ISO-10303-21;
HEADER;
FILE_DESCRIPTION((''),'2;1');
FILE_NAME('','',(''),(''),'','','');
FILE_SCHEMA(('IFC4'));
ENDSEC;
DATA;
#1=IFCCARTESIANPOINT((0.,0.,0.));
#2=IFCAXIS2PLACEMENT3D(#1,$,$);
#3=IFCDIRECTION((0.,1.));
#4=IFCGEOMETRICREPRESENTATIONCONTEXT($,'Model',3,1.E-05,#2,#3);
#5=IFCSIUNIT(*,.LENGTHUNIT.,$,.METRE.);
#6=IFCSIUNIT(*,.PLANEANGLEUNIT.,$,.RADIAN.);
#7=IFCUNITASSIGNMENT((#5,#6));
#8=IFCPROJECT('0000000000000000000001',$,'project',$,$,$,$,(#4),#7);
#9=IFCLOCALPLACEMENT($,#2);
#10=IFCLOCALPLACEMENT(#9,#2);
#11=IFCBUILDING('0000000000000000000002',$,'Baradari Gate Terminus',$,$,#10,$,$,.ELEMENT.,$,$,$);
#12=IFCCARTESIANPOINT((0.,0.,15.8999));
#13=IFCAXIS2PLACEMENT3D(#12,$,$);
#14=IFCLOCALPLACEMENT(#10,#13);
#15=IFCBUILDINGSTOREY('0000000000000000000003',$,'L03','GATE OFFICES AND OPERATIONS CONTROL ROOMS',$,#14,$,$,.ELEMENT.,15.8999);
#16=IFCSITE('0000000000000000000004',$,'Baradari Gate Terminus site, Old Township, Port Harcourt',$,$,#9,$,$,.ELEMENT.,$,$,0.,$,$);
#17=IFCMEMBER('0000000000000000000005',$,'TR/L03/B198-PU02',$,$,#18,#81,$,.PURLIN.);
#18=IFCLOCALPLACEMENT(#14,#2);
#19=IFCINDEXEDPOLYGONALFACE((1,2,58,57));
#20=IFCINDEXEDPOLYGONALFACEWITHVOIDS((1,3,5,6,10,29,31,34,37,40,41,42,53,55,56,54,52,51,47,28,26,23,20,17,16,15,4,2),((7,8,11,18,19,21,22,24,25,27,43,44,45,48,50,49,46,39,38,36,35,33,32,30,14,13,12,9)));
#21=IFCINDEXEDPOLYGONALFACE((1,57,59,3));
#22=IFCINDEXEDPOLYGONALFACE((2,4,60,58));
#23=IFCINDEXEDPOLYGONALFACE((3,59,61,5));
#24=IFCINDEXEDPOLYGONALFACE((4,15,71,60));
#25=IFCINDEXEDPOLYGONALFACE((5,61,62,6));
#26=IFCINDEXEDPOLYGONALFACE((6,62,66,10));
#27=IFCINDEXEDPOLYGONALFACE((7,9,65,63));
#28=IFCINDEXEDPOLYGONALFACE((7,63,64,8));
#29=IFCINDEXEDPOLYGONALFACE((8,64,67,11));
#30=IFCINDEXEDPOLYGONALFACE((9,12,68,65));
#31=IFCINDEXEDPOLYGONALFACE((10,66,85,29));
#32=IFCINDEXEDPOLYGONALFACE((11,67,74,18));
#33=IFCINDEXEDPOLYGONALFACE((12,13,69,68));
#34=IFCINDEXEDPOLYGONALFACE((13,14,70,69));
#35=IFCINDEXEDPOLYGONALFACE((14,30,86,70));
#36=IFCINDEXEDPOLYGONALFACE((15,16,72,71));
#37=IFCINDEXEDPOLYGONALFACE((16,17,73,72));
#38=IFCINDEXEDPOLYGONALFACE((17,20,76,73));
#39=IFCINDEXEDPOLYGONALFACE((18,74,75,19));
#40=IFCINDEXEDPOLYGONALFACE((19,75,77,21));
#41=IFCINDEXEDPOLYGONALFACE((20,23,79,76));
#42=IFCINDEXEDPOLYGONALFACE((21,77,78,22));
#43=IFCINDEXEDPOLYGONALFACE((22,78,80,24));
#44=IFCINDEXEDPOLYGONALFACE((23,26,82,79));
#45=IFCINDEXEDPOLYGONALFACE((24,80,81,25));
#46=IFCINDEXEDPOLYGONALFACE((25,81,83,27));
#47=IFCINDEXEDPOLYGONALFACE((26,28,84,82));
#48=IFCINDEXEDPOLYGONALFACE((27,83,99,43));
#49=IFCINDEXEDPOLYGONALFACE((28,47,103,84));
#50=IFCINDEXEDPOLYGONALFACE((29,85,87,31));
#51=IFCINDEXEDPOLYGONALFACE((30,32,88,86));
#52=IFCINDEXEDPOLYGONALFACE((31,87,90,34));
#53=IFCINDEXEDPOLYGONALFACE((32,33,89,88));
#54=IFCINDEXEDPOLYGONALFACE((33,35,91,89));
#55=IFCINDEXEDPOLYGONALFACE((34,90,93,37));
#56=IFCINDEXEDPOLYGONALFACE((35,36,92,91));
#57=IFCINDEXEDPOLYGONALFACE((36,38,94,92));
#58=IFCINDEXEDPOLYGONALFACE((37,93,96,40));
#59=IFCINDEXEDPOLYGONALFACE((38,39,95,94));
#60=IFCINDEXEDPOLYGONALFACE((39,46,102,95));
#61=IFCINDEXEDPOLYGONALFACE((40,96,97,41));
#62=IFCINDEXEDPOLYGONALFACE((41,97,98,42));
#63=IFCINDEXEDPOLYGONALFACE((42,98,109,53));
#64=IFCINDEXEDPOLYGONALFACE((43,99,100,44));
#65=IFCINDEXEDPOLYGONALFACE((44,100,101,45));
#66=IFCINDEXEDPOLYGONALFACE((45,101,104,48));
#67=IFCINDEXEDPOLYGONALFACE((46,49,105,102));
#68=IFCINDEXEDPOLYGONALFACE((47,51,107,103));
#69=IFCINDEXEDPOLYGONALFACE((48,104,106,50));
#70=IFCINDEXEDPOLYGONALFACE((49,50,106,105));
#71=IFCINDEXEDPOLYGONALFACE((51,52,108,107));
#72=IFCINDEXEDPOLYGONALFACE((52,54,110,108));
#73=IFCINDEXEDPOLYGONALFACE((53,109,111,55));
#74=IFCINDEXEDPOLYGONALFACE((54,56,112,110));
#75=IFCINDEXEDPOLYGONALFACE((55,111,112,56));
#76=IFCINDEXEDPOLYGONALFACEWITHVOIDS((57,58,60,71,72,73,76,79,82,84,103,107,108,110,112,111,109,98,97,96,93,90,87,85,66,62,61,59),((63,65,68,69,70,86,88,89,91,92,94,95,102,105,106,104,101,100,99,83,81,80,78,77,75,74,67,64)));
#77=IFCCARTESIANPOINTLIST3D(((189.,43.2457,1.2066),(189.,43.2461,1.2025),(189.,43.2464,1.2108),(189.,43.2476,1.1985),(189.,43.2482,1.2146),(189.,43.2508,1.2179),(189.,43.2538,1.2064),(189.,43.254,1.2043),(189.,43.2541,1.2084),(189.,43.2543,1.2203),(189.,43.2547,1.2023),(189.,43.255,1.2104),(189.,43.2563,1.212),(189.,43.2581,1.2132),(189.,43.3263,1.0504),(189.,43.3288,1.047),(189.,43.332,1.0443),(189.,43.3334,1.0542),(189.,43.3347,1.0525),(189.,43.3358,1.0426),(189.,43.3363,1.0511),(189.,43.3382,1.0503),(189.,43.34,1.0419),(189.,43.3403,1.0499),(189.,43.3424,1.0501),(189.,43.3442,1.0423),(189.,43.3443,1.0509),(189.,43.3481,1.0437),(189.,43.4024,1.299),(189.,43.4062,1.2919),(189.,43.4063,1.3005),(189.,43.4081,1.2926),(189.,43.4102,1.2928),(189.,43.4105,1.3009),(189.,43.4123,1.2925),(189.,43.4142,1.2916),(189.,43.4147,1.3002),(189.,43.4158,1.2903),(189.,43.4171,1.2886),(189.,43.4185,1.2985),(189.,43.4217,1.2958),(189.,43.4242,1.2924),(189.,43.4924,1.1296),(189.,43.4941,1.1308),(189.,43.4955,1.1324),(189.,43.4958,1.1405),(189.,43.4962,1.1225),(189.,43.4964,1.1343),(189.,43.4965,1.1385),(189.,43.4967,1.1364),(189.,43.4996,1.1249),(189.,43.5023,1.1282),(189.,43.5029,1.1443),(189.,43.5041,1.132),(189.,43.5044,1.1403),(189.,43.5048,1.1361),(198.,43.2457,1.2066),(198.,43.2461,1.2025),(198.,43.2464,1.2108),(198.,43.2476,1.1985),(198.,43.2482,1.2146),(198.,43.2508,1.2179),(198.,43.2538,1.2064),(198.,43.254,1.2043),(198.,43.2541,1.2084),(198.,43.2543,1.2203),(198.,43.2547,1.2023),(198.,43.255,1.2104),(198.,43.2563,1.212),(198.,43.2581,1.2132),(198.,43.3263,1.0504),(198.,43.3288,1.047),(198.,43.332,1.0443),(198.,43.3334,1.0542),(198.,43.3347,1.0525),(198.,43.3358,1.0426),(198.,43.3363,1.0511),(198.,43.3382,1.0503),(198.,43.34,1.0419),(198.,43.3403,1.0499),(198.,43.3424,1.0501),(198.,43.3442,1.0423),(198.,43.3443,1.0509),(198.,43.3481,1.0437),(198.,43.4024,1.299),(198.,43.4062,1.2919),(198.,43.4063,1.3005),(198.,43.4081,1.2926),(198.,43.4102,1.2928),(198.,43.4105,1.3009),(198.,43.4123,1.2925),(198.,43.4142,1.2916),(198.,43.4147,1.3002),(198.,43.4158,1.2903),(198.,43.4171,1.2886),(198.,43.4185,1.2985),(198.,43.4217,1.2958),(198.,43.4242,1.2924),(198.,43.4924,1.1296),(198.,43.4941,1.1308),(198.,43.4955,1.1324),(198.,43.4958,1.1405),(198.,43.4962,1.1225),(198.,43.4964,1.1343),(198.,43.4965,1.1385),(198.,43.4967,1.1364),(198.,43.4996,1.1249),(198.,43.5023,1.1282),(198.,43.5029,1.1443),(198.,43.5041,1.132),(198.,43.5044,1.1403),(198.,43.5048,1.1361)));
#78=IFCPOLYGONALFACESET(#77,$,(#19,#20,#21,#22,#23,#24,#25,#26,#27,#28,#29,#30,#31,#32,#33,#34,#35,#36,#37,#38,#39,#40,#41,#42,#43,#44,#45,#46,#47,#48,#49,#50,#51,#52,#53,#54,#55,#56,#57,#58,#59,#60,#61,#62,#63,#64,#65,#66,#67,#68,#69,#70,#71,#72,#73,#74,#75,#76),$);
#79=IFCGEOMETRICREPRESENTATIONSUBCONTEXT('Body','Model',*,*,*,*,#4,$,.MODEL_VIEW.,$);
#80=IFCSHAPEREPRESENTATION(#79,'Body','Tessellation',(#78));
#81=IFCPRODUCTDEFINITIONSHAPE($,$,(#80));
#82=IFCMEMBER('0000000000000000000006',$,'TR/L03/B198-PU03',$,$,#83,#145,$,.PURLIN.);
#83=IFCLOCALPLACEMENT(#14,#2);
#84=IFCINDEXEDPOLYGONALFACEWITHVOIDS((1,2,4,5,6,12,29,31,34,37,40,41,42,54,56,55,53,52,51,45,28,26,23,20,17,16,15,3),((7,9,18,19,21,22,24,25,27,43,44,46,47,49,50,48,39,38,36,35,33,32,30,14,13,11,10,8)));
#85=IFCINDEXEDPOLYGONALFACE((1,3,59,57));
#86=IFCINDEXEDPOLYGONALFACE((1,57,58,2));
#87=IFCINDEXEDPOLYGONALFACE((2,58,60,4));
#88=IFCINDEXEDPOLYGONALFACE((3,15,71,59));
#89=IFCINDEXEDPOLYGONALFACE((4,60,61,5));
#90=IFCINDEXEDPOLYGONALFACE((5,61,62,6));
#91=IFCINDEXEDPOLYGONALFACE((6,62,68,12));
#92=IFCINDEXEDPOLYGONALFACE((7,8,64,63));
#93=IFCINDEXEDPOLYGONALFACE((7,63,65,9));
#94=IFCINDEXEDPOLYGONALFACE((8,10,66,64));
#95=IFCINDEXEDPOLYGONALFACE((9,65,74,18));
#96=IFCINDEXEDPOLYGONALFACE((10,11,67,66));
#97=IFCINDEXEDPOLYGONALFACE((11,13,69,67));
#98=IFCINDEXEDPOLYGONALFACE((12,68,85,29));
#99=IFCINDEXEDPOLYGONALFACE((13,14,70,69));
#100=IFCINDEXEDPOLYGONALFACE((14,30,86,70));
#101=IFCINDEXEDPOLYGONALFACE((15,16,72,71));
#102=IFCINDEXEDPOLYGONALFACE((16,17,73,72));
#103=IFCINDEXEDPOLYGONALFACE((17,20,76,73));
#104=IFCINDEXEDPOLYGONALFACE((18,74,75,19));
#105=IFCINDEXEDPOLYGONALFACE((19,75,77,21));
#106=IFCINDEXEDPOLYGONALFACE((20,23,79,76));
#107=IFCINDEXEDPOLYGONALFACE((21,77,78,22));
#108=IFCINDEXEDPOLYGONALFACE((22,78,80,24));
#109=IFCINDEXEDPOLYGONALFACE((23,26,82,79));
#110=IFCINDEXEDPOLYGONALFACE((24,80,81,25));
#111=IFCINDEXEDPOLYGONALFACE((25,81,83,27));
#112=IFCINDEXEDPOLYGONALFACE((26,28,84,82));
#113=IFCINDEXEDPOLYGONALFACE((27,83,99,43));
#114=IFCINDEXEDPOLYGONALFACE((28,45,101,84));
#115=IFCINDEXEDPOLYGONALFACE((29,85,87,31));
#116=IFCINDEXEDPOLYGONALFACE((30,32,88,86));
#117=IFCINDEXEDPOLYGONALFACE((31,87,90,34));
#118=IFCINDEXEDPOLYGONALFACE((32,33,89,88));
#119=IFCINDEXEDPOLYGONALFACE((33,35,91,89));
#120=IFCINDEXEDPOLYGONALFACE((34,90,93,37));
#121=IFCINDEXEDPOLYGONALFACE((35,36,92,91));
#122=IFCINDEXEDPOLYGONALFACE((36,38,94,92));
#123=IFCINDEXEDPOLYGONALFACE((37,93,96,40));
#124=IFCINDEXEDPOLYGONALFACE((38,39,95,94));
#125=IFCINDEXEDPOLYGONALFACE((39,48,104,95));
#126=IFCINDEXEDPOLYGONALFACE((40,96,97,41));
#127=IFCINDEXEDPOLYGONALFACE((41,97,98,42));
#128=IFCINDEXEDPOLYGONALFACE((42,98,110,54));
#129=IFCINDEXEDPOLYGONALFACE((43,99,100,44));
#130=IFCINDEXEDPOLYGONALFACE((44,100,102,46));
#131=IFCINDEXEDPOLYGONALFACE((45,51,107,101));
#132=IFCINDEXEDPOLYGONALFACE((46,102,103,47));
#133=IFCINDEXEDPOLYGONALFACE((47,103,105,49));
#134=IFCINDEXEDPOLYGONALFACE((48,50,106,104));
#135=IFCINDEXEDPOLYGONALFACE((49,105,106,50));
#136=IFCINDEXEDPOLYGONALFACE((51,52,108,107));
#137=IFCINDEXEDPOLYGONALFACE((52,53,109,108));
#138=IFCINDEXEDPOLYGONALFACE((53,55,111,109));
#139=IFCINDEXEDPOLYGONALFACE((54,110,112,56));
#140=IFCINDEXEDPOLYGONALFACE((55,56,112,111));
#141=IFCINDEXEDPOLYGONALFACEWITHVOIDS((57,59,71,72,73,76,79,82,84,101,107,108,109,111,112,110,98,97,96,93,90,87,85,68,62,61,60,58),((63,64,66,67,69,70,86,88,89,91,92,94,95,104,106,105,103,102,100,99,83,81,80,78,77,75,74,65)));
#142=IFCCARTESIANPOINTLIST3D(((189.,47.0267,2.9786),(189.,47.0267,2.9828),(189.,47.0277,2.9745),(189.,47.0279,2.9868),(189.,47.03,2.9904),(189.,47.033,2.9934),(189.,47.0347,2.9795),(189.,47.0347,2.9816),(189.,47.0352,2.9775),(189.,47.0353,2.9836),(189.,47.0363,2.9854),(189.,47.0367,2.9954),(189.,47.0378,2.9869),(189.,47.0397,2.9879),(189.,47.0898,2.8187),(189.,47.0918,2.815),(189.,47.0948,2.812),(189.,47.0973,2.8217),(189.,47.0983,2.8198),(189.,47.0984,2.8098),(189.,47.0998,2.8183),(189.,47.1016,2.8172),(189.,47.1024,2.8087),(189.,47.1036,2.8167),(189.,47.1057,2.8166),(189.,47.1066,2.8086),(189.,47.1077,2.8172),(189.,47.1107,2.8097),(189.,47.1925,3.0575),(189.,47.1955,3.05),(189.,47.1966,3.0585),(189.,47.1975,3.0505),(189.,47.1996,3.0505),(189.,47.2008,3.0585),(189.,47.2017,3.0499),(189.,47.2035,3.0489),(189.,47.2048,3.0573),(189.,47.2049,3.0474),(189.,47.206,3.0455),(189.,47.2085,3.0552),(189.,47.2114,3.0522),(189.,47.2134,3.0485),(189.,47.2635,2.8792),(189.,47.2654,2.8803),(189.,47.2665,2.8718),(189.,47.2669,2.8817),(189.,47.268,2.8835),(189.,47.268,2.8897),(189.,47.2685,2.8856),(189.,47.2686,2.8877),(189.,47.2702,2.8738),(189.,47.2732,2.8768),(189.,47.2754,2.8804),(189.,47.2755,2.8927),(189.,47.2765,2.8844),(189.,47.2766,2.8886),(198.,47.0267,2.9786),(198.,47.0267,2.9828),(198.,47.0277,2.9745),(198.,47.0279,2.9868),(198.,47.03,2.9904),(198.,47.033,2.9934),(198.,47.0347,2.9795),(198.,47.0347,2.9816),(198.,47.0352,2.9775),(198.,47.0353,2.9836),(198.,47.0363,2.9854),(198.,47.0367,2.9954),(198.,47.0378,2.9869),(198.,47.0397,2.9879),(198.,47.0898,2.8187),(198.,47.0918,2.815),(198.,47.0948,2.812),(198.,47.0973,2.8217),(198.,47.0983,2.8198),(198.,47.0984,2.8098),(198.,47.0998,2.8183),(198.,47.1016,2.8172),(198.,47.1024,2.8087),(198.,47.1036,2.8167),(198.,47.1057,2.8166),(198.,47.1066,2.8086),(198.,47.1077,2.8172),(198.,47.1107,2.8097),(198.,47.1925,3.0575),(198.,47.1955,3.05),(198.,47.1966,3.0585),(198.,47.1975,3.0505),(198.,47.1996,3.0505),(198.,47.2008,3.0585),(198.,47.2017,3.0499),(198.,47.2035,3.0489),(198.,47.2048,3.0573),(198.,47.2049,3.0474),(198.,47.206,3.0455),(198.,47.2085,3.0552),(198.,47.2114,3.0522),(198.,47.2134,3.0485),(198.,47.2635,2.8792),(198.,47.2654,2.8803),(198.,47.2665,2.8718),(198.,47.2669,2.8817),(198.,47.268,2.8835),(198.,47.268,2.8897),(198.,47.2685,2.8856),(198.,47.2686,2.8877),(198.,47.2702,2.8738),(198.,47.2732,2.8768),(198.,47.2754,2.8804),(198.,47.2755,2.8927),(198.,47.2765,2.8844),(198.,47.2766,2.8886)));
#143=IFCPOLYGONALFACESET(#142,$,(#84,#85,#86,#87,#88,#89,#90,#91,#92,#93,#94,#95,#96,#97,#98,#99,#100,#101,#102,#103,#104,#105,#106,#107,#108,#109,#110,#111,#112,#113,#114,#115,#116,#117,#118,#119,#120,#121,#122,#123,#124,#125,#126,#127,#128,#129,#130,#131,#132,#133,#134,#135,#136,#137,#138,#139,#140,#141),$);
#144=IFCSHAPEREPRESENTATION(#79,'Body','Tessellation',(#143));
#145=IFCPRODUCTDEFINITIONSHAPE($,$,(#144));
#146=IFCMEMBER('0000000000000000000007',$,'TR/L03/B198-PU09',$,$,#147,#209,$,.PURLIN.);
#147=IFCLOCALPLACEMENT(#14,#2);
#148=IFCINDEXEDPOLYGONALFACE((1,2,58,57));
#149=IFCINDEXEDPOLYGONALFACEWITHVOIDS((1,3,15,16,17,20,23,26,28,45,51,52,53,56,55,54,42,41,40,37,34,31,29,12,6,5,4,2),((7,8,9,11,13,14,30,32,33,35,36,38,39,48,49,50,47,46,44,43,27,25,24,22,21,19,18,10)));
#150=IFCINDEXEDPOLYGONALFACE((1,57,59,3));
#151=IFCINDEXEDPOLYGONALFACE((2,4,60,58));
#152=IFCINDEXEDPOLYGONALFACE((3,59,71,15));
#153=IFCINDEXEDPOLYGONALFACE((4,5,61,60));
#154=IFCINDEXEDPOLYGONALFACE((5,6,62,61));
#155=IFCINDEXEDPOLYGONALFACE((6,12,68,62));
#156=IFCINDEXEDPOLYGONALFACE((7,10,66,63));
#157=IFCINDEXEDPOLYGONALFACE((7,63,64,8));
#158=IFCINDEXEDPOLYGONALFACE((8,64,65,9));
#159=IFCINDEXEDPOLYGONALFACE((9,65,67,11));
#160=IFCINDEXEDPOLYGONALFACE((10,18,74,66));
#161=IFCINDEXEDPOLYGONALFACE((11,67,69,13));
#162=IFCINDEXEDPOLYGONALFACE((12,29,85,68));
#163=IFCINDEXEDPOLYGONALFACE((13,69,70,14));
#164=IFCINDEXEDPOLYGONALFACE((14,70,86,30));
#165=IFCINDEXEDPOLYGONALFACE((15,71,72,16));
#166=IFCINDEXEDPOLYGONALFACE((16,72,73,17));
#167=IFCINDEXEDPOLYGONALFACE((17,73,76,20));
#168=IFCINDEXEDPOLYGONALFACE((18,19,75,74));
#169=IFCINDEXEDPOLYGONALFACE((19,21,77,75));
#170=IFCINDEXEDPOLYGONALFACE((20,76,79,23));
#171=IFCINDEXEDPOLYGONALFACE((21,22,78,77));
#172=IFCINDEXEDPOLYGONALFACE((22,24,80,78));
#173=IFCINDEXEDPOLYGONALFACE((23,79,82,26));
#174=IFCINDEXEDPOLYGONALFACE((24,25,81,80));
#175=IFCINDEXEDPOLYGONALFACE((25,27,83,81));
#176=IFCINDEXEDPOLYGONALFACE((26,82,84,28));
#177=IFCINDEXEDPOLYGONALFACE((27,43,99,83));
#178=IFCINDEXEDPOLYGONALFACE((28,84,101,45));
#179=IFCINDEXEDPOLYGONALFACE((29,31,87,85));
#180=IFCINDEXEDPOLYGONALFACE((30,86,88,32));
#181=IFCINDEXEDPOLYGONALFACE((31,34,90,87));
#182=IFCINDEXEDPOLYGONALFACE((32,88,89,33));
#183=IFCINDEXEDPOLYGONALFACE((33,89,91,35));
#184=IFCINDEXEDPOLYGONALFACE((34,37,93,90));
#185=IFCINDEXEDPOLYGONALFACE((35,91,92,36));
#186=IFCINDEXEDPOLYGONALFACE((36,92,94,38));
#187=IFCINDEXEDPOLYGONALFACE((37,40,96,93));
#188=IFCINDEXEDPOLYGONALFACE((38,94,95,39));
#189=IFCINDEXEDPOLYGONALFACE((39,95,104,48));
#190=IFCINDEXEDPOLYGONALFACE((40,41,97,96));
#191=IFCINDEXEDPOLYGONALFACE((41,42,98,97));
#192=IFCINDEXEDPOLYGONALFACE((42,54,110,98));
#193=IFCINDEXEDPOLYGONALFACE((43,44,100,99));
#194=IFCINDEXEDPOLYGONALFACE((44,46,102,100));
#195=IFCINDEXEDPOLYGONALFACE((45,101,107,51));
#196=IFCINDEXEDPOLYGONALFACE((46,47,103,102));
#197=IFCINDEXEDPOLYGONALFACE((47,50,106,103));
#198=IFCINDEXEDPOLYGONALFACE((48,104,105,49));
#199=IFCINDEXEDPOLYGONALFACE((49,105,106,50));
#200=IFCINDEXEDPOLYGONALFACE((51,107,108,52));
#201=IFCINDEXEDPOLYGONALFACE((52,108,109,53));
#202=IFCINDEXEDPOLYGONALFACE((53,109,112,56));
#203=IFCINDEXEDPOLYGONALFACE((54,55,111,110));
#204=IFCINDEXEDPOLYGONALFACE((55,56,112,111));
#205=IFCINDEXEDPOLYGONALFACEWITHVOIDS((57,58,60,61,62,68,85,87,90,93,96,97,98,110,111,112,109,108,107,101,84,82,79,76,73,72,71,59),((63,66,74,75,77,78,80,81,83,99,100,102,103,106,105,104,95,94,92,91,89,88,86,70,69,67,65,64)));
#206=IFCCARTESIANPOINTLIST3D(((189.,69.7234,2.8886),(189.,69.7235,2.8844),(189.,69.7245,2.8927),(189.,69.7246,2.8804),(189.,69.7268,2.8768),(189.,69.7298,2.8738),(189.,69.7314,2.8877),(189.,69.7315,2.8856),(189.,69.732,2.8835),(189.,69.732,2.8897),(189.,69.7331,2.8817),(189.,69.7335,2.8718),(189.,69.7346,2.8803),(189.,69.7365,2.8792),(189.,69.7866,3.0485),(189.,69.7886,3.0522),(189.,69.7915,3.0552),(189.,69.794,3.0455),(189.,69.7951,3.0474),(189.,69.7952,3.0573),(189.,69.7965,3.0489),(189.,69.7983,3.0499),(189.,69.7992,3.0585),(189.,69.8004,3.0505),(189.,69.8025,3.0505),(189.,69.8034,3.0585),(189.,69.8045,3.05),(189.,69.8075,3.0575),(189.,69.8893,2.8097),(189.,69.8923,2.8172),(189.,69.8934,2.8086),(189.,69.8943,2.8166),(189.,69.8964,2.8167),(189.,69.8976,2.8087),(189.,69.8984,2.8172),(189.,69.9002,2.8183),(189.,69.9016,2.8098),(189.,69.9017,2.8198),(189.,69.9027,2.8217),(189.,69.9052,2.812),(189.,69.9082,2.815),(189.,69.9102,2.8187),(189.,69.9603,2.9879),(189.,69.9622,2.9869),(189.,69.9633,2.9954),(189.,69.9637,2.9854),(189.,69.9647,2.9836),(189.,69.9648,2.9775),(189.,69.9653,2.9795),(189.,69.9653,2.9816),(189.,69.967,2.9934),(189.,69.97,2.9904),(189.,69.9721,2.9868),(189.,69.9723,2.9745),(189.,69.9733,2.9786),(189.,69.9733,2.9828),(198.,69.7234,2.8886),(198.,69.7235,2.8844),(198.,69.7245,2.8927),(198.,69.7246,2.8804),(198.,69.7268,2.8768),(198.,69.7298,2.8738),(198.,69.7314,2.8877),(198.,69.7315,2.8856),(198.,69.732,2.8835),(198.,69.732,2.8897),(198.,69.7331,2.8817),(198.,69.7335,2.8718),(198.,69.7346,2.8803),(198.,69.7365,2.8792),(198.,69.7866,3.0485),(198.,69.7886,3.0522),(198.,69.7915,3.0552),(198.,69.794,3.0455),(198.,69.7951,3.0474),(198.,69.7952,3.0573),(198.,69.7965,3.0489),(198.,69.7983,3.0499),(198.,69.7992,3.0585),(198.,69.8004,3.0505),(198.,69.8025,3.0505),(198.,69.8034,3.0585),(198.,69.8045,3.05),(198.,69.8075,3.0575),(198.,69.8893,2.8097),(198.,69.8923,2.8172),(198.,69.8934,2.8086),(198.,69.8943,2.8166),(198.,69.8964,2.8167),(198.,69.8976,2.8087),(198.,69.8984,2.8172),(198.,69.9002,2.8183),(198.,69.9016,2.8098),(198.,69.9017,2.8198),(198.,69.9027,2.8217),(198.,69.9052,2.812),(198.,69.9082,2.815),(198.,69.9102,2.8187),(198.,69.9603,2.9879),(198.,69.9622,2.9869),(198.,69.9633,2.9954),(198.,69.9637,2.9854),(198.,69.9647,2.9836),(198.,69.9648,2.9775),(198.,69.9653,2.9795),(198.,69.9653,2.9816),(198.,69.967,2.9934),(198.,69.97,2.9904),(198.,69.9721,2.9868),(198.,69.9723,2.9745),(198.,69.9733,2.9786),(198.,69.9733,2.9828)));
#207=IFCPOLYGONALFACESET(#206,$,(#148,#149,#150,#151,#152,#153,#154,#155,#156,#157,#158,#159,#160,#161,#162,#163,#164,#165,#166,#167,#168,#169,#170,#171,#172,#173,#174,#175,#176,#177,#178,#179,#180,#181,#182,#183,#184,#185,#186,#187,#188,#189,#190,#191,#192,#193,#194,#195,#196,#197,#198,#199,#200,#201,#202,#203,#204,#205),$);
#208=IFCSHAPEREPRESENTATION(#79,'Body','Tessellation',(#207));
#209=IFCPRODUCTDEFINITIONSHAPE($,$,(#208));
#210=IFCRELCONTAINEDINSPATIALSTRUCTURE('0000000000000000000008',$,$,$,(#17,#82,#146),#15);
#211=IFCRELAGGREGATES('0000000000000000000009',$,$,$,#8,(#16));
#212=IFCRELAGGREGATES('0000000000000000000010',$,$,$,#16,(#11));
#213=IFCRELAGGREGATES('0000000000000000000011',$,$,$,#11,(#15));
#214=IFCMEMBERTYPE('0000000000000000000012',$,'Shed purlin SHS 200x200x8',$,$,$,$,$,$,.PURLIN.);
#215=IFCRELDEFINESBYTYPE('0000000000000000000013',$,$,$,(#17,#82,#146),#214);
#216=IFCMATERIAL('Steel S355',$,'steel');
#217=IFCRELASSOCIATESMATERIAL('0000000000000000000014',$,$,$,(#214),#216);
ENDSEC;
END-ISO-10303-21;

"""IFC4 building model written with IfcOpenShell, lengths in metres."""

from ifc_helpers import new_model, si_unit, direction, frame, origin, origin_2d, place, context, subcontext, project, spatial, hollow_rectangle, extrude, material, material_profile, profile_set, type_object, element, save


model = new_model("IFC4")

# Units and contexts
model_context = context("Model", 3, precision=1e-05, world=origin(), true_north=direction((0.0, 1.0)))
body_context = subcontext(model_context, "Body", "Model", "MODEL_VIEW")
ifc_project = project(units=[si_unit("LENGTHUNIT", "METRE"), si_unit("PLANEANGLEUNIT", "RADIAN")], contexts=[model_context])

# Site, building, storey
site_placement = place(None, origin())
site = spatial("IfcSite", under=ifc_project, at=site_placement, Name="Baradari Gate Terminus site, Old Township, Port Harcourt", CompositionType="ELEMENT", RefElevation=0.0)
building_placement = place(site_placement, origin())
building = spatial("IfcBuilding", under=site, at=building_placement, Name="Baradari Gate Terminus", CompositionType="ELEMENT")
storey_placement = place(building_placement, frame((0.0, 0.0, 15.8999)))
storey = spatial("IfcBuildingStorey", under=building, at=storey_placement, Name="L03", Description="GATE OFFICES AND OPERATIONS CONTROL ROOMS", CompositionType="ELEMENT", Elevation=15.8999)

# Members
ifc_material_1 = material(Name="Steel S355", Category="steel")
ifc_material_profile_1 = material_profile(ifc_material_1, hollow_rectangle(XDim=0.2, YDim=0.2, WallThickness=0.0081, InnerFilletRadius=0.0081, OuterFilletRadius=0.0161, at=origin_2d()), Name="SHS 200x200x8")
ifc_profile_set_1 = profile_set([ifc_material_profile_1], Name="Steel S355")
member_type_1 = type_object("IfcMemberType", Name="Shed purlin SHS 200x200x8", PredefinedType="PURLIN", material=ifc_profile_set_1)
for number, where, z_axis, x_axis, name in (
    (1, (189.0, 43.3752, 1.1714), (1.0, 0.0, 0.0), (0.0, 0.883027, 0.469322), "TR/L03/B198-PU02"),
    (2, (189.0, 47.1516, 2.9336), (1.0, 0.0, 0.0), (0.0, 0.928965, 0.370167), "TR/L03/B198-PU03"),
    (3, (189.0, 69.8484, 2.9336), (1.0, 0.0, 0.0), (0.0, 0.928965, -0.370167), "TR/L03/B198-PU09"),
):
    element("IfcMember", number, at=place(storey_placement, frame(where, z_axis=z_axis, x_axis=x_axis)), inside=storey, type_object=member_type_1, Name=name, PredefinedType="PURLIN", context=body_context, shape_type="SweptSolid", body=[
        extrude(hollow_rectangle(XDim=0.2, YDim=0.2, WallThickness=0.0081, InnerFilletRadius=0.0081, OuterFilletRadius=0.0161, at=origin_2d()), origin(), (0.0, 0.0, 1.0), 9.0),
    ])

save(model, "model.ifc")
